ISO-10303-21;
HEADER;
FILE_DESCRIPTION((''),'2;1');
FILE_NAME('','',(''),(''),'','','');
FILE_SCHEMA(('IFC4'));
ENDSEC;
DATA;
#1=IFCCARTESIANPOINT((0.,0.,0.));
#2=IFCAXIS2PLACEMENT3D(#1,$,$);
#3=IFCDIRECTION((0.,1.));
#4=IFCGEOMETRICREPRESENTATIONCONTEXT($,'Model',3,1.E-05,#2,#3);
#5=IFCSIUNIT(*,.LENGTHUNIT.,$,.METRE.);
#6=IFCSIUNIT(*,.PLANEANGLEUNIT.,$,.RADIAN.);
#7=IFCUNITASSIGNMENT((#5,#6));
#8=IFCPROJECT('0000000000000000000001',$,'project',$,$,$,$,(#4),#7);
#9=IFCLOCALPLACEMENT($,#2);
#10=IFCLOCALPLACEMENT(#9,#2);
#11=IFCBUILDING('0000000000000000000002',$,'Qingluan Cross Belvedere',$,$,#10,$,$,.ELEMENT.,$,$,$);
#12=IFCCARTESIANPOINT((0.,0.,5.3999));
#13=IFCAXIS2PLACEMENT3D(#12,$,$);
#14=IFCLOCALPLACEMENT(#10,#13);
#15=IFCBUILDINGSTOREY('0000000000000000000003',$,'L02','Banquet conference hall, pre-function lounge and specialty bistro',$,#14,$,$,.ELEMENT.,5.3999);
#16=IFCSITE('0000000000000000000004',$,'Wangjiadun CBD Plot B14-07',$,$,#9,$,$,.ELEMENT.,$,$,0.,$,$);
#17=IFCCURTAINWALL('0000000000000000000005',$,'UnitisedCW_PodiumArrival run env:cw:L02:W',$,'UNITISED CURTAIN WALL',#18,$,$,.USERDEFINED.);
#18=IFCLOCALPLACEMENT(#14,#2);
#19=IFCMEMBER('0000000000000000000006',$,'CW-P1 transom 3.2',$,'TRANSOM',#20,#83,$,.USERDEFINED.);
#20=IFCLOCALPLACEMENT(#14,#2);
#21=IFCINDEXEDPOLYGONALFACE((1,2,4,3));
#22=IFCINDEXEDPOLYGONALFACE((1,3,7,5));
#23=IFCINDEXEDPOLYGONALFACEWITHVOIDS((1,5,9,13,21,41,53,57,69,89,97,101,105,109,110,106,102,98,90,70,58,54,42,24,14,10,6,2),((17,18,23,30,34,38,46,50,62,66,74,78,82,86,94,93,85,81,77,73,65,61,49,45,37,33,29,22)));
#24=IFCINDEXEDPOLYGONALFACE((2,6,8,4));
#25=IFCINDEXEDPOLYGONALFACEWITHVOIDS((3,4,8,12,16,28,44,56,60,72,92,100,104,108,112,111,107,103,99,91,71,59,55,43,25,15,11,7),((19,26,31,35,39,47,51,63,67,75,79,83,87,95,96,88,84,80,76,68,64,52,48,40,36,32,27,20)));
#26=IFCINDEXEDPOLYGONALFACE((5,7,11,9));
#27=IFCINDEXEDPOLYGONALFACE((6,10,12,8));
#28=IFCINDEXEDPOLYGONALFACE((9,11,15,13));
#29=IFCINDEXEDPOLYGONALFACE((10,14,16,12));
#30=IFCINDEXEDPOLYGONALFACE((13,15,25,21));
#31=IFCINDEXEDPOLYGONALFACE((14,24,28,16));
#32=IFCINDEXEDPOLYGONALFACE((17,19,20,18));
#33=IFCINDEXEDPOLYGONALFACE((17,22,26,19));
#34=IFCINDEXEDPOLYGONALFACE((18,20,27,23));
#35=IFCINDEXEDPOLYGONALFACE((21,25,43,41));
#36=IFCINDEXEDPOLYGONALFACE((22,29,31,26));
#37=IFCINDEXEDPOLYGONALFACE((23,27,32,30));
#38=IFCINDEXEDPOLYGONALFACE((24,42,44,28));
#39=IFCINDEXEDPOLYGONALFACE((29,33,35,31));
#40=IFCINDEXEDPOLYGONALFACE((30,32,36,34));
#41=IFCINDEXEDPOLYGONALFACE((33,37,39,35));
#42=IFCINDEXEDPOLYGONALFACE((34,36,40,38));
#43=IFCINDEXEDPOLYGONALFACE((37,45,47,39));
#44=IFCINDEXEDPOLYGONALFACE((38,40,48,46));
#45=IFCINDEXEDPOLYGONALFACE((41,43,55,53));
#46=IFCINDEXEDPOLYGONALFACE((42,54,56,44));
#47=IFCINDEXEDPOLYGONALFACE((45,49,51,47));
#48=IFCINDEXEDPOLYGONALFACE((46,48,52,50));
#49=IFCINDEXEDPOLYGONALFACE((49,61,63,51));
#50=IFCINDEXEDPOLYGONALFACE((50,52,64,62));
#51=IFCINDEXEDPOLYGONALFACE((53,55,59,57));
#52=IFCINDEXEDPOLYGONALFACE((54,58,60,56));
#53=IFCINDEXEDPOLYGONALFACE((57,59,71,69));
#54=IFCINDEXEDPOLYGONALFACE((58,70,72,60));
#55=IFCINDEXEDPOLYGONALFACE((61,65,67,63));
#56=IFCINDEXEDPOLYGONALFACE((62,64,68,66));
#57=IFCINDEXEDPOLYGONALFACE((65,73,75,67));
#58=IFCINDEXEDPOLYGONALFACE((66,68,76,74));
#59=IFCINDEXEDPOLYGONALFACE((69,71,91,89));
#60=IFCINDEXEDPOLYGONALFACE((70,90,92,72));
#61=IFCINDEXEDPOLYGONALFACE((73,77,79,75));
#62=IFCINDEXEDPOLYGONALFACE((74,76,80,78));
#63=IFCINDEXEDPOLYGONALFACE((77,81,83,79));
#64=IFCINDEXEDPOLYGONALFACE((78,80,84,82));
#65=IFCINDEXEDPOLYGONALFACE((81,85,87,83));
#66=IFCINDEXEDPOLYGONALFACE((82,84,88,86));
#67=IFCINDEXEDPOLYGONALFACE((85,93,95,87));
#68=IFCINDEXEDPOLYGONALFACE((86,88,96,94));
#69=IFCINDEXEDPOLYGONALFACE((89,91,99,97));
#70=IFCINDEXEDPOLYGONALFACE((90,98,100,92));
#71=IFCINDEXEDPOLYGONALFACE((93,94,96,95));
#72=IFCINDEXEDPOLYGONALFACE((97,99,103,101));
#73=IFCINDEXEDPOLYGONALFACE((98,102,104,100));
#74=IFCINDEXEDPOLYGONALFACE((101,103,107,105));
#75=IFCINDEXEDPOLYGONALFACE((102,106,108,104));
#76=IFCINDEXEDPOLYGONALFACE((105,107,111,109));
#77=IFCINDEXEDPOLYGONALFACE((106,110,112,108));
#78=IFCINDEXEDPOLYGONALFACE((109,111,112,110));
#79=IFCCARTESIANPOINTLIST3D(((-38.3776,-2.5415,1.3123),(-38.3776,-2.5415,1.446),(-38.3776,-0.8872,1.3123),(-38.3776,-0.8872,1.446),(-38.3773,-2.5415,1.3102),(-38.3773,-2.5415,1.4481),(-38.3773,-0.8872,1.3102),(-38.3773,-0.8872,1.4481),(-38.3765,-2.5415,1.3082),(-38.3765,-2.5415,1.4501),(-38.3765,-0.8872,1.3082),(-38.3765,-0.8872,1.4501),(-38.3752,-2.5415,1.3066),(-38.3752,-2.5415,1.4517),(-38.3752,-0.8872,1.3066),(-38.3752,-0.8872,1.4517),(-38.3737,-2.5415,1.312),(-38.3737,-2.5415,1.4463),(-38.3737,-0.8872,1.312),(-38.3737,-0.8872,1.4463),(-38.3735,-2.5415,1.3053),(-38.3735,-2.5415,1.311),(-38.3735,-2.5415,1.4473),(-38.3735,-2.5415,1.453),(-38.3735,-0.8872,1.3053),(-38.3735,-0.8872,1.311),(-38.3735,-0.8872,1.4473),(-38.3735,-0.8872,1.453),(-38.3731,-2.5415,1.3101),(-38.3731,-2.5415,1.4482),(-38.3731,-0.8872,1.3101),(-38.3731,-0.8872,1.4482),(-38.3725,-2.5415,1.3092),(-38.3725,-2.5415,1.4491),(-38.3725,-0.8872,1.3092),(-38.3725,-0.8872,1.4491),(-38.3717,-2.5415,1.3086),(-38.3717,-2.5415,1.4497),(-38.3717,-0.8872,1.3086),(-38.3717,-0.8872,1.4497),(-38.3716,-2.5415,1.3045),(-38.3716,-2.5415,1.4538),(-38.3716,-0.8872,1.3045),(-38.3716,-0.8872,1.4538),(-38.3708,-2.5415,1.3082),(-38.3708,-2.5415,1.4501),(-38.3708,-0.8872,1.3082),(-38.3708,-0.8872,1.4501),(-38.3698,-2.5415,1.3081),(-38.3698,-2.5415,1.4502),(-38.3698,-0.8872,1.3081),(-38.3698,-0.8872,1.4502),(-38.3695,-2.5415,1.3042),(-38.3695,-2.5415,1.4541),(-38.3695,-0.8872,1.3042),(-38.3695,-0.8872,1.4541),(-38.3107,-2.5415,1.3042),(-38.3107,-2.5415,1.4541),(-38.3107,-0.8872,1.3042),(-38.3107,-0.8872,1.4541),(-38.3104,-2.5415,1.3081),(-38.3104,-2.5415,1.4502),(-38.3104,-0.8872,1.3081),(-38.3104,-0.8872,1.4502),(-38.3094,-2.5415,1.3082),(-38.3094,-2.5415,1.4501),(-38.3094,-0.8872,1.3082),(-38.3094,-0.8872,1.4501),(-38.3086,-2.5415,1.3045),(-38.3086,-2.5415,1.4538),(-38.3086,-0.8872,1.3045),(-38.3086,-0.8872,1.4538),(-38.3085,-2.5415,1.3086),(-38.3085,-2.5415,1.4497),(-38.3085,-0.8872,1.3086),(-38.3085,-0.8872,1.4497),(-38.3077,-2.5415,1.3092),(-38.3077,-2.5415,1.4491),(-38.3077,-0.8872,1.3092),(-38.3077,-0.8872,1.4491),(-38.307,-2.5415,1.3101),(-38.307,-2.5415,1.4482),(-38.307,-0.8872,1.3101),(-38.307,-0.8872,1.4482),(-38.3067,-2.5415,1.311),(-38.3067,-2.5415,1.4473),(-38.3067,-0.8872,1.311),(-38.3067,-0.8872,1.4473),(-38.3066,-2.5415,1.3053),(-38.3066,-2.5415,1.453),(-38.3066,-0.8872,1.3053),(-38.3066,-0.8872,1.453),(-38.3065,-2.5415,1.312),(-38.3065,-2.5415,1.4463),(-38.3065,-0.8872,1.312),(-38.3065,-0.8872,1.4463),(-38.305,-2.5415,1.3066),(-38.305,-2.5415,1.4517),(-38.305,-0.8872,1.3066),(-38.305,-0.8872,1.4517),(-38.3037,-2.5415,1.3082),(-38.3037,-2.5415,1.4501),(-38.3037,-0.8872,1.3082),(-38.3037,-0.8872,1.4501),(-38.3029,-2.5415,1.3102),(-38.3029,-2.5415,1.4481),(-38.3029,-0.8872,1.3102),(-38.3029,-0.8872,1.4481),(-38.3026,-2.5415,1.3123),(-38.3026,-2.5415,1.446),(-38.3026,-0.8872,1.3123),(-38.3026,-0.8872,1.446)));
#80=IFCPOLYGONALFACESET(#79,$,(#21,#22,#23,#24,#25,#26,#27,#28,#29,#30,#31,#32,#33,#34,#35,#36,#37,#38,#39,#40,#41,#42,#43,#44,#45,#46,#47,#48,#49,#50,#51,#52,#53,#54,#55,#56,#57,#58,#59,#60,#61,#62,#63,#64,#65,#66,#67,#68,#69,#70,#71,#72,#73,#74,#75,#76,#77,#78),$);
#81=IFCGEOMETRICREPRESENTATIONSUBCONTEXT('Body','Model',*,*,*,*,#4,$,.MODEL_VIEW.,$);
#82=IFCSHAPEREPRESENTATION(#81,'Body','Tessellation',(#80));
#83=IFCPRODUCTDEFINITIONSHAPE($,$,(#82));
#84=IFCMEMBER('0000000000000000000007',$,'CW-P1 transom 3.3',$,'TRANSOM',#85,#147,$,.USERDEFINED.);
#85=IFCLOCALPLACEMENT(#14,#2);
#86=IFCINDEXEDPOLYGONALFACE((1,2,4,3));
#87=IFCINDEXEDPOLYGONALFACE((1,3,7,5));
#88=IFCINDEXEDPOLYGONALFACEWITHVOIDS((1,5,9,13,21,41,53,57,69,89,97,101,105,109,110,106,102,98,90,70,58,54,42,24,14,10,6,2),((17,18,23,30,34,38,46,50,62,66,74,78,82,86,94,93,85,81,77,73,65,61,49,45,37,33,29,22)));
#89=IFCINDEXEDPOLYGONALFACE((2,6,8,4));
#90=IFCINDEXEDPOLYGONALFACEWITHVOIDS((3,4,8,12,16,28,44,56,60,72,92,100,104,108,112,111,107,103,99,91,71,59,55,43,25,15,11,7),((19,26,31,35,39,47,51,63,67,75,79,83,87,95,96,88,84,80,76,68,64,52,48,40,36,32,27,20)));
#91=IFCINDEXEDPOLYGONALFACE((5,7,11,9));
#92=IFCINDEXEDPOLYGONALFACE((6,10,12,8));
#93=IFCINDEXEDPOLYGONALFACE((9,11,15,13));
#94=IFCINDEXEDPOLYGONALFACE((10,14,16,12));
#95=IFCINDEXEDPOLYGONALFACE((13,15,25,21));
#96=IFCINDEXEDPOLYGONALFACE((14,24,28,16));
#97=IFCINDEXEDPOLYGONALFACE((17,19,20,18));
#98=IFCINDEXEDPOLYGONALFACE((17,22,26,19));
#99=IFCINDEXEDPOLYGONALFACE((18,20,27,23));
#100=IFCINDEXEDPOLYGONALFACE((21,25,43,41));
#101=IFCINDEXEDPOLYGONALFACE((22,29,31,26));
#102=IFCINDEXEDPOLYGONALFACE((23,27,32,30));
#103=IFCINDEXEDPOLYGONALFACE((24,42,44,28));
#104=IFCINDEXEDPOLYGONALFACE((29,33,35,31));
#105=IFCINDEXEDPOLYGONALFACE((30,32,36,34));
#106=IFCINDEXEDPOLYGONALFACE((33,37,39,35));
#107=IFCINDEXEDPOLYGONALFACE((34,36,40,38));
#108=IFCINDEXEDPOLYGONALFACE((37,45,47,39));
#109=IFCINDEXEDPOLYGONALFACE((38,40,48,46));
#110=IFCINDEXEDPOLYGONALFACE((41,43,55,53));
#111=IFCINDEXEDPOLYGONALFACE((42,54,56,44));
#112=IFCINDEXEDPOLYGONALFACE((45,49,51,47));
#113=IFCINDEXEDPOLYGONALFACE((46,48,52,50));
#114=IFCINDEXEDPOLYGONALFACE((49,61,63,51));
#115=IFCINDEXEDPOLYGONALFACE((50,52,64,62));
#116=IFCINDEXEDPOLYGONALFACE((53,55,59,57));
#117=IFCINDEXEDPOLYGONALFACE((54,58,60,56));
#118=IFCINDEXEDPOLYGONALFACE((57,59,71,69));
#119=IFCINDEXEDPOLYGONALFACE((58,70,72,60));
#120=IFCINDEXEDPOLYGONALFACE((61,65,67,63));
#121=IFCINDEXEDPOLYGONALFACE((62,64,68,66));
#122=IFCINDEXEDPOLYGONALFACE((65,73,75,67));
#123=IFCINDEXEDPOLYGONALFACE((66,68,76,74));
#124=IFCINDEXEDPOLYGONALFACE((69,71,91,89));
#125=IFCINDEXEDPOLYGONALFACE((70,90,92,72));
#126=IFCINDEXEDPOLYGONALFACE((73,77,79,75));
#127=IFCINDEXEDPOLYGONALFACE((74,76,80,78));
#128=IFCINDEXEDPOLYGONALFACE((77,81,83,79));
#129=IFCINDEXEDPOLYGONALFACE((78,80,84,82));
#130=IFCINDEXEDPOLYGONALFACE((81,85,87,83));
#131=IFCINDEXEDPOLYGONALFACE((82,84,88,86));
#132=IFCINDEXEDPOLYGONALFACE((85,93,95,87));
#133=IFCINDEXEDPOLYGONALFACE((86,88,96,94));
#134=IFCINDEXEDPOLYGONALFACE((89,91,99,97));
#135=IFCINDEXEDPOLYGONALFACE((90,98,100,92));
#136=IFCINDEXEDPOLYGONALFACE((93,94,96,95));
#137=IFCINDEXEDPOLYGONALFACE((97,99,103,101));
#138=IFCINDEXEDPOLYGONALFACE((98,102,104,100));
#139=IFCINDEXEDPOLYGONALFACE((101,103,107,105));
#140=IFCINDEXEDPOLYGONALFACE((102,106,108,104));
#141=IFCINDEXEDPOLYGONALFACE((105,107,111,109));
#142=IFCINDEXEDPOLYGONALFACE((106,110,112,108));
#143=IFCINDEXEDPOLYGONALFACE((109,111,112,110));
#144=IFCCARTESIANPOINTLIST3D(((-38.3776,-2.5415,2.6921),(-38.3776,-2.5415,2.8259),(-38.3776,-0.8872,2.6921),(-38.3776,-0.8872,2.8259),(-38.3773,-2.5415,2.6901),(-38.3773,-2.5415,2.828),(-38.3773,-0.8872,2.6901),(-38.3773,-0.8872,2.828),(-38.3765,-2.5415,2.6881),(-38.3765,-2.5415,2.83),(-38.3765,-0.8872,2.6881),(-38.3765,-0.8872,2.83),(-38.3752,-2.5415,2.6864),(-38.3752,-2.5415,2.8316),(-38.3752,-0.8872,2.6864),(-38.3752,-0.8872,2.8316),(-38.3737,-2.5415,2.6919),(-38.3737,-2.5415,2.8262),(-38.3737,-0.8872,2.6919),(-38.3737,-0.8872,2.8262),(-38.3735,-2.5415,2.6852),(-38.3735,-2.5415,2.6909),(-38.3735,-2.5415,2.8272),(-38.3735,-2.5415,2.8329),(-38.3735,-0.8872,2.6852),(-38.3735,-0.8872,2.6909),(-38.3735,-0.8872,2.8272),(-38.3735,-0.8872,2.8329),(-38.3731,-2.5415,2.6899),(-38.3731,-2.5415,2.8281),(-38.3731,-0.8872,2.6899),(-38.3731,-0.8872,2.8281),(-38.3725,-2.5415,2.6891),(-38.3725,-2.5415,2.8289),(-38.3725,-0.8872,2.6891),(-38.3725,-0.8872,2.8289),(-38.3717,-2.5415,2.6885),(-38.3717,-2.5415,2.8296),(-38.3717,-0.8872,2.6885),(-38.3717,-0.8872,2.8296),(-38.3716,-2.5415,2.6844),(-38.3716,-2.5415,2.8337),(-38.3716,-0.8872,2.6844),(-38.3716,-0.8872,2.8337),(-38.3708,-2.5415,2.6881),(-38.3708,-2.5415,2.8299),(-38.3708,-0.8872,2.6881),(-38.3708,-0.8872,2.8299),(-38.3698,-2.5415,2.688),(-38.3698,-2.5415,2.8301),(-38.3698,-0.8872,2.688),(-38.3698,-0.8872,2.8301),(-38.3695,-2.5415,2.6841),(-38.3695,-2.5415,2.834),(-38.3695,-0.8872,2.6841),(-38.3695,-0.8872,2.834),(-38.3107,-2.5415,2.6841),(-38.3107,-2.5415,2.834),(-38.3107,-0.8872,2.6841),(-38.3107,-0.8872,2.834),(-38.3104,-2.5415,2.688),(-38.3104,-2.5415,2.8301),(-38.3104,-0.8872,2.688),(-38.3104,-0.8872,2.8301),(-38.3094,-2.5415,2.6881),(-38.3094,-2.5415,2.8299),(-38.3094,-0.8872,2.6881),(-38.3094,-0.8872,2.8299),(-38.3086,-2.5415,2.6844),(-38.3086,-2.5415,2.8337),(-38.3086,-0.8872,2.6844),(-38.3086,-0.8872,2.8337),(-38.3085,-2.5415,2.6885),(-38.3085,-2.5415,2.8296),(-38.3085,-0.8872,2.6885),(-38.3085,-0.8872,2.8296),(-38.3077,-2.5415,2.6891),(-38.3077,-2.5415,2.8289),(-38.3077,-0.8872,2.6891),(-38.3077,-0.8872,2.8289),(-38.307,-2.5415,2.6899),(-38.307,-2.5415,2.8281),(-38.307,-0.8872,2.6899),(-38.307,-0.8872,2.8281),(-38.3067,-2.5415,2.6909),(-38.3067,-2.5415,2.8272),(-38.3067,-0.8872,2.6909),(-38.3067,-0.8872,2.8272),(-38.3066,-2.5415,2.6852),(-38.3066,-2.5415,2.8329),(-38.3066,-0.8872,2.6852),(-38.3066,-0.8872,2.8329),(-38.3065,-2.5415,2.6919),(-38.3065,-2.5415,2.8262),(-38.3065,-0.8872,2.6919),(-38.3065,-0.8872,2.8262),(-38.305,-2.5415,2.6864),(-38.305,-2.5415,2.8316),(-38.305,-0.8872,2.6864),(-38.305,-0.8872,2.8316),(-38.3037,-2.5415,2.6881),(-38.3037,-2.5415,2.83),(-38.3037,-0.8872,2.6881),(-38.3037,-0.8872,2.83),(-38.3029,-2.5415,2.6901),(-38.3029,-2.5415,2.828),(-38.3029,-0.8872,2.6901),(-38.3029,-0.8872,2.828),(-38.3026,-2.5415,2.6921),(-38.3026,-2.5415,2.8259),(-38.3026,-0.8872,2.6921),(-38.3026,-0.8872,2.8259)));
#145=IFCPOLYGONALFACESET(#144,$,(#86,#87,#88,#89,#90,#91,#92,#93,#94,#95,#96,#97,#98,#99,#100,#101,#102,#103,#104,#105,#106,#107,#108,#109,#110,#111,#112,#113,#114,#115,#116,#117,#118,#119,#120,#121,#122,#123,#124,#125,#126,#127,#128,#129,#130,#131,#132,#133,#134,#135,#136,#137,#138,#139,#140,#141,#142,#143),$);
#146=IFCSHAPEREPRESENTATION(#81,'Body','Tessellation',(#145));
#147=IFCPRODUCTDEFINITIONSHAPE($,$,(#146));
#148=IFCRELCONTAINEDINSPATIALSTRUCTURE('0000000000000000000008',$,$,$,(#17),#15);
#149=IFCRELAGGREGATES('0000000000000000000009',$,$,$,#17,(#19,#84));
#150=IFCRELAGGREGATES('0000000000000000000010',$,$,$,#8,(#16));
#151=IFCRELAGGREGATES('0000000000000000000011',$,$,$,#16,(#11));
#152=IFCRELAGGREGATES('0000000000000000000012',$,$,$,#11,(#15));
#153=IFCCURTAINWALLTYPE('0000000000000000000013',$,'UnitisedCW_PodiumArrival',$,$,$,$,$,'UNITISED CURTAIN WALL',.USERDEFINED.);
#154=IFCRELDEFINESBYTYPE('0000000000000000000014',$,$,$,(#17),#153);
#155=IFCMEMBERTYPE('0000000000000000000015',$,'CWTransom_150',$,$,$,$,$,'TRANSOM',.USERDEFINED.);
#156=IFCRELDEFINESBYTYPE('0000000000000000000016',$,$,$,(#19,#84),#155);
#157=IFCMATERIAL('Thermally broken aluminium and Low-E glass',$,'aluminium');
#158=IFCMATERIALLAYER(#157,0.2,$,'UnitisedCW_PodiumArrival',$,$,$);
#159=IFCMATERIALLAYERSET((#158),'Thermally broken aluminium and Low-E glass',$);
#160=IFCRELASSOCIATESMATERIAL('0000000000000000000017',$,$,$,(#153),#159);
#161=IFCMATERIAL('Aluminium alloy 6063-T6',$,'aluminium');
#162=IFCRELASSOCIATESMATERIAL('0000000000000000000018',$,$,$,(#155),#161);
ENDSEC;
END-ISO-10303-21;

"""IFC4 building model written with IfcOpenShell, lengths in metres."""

from ifc_helpers import new_model, si_unit, direction, frame, origin, origin_2d, place, context, subcontext, project, spatial, hollow_rectangle, extrude, material, layer, layer_set, material_profile, profile_set, type_object, element, aggregate, save


model = new_model("IFC4")

# Units and contexts
model_context = context("Model", 3, precision=1e-05, world=origin(), true_north=direction((0.0, 1.0)))
body_context = subcontext(model_context, "Body", "Model", "MODEL_VIEW")
ifc_project = project(units=[si_unit("LENGTHUNIT", "METRE"), si_unit("PLANEANGLEUNIT", "RADIAN")], contexts=[model_context])

# Site, building, storey
site_placement = place(None, origin())
site = spatial("IfcSite", under=ifc_project, at=site_placement, Name="Wangjiadun CBD Plot B14-07", CompositionType="ELEMENT", RefElevation=0.0)
building_placement = place(site_placement, origin())
building = spatial("IfcBuilding", under=site, at=building_placement, Name="Qingluan Cross Belvedere", CompositionType="ELEMENT")
storey_placement = place(building_placement, frame((0.0, 0.0, 5.3999)))
storey = spatial("IfcBuildingStorey", under=building, at=storey_placement, Name="L02", Description="Banquet conference hall, pre-function lounge and specialty bistro", CompositionType="ELEMENT", Elevation=5.3999)

# Curtain wall, members
ifc_material_1 = material(Name="Thermally broken aluminium and Low-E glass", Category="aluminium")
ifc_layer_1 = layer(ifc_material_1, 0.2, Name="UnitisedCW_PodiumArrival")
ifc_layer_set_1 = layer_set([ifc_layer_1], Name="Thermally broken aluminium and Low-E glass")
curtain_wall_type = type_object("IfcCurtainWallType", Name="UnitisedCW_PodiumArrival", ElementType="UNITISED CURTAIN WALL", PredefinedType="USERDEFINED", material=ifc_layer_set_1)
curtain_wall_placement = place(storey_placement, origin())
curtain_wall = element("IfcCurtainWall", 1, at=curtain_wall_placement, inside=storey, type_object=curtain_wall_type, Name="UnitisedCW_PodiumArrival run env:cw:L02:W", ObjectType="UNITISED CURTAIN WALL", PredefinedType="USERDEFINED")
ifc_material_2 = material(Name="Aluminium alloy 6063-T6", Category="aluminium")
ifc_material_profile_1 = material_profile(ifc_material_2, hollow_rectangle(XDim=0.075, YDim=0.1499, WallThickness=0.0039, InnerFilletRadius=0.0039, OuterFilletRadius=0.0081, at=origin_2d()), Name="CWT150x75x4")
ifc_profile_set_1 = profile_set([ifc_material_profile_1], Name="Aluminium alloy 6063-T6")
member_type_1 = type_object("IfcMemberType", Name="CWTransom_150", ElementType="TRANSOM", PredefinedType="USERDEFINED", material=ifc_profile_set_1)
member_1_placement = place(storey_placement, frame((-38.3401, -2.5415, 1.3792), z_axis=(0.0, 1.0, 0.0), x_axis=(-1.0, 0.0, 0.0)))
member_1 = element("IfcMember", 2, at=member_1_placement, type_object=member_type_1, Name="CW-P1 transom 3.2", ObjectType="TRANSOM", PredefinedType="USERDEFINED", context=body_context, shape_type="SweptSolid", body=[
    extrude(hollow_rectangle(XDim=0.075, YDim=0.1499, WallThickness=0.0039, InnerFilletRadius=0.0039, OuterFilletRadius=0.0081, at=origin_2d()), origin(), (0.0, 0.0, 1.0), 1.6543),
])
member_2_placement = place(storey_placement, frame((-38.3401, -2.5415, 2.759), z_axis=(0.0, 1.0, 0.0), x_axis=(-1.0, 0.0, 0.0)))
member_2 = element("IfcMember", 3, at=member_2_placement, type_object=member_type_1, Name="CW-P1 transom 3.3", ObjectType="TRANSOM", PredefinedType="USERDEFINED", context=body_context, shape_type="SweptSolid", body=[
    extrude(hollow_rectangle(XDim=0.075, YDim=0.1499, WallThickness=0.0039, InnerFilletRadius=0.0039, OuterFilletRadius=0.0081, at=origin_2d()), origin(), (0.0, 0.0, 1.0), 1.6543),
])

aggregate(curtain_wall, [member_1, member_2])

save(model, "model.ifc")
